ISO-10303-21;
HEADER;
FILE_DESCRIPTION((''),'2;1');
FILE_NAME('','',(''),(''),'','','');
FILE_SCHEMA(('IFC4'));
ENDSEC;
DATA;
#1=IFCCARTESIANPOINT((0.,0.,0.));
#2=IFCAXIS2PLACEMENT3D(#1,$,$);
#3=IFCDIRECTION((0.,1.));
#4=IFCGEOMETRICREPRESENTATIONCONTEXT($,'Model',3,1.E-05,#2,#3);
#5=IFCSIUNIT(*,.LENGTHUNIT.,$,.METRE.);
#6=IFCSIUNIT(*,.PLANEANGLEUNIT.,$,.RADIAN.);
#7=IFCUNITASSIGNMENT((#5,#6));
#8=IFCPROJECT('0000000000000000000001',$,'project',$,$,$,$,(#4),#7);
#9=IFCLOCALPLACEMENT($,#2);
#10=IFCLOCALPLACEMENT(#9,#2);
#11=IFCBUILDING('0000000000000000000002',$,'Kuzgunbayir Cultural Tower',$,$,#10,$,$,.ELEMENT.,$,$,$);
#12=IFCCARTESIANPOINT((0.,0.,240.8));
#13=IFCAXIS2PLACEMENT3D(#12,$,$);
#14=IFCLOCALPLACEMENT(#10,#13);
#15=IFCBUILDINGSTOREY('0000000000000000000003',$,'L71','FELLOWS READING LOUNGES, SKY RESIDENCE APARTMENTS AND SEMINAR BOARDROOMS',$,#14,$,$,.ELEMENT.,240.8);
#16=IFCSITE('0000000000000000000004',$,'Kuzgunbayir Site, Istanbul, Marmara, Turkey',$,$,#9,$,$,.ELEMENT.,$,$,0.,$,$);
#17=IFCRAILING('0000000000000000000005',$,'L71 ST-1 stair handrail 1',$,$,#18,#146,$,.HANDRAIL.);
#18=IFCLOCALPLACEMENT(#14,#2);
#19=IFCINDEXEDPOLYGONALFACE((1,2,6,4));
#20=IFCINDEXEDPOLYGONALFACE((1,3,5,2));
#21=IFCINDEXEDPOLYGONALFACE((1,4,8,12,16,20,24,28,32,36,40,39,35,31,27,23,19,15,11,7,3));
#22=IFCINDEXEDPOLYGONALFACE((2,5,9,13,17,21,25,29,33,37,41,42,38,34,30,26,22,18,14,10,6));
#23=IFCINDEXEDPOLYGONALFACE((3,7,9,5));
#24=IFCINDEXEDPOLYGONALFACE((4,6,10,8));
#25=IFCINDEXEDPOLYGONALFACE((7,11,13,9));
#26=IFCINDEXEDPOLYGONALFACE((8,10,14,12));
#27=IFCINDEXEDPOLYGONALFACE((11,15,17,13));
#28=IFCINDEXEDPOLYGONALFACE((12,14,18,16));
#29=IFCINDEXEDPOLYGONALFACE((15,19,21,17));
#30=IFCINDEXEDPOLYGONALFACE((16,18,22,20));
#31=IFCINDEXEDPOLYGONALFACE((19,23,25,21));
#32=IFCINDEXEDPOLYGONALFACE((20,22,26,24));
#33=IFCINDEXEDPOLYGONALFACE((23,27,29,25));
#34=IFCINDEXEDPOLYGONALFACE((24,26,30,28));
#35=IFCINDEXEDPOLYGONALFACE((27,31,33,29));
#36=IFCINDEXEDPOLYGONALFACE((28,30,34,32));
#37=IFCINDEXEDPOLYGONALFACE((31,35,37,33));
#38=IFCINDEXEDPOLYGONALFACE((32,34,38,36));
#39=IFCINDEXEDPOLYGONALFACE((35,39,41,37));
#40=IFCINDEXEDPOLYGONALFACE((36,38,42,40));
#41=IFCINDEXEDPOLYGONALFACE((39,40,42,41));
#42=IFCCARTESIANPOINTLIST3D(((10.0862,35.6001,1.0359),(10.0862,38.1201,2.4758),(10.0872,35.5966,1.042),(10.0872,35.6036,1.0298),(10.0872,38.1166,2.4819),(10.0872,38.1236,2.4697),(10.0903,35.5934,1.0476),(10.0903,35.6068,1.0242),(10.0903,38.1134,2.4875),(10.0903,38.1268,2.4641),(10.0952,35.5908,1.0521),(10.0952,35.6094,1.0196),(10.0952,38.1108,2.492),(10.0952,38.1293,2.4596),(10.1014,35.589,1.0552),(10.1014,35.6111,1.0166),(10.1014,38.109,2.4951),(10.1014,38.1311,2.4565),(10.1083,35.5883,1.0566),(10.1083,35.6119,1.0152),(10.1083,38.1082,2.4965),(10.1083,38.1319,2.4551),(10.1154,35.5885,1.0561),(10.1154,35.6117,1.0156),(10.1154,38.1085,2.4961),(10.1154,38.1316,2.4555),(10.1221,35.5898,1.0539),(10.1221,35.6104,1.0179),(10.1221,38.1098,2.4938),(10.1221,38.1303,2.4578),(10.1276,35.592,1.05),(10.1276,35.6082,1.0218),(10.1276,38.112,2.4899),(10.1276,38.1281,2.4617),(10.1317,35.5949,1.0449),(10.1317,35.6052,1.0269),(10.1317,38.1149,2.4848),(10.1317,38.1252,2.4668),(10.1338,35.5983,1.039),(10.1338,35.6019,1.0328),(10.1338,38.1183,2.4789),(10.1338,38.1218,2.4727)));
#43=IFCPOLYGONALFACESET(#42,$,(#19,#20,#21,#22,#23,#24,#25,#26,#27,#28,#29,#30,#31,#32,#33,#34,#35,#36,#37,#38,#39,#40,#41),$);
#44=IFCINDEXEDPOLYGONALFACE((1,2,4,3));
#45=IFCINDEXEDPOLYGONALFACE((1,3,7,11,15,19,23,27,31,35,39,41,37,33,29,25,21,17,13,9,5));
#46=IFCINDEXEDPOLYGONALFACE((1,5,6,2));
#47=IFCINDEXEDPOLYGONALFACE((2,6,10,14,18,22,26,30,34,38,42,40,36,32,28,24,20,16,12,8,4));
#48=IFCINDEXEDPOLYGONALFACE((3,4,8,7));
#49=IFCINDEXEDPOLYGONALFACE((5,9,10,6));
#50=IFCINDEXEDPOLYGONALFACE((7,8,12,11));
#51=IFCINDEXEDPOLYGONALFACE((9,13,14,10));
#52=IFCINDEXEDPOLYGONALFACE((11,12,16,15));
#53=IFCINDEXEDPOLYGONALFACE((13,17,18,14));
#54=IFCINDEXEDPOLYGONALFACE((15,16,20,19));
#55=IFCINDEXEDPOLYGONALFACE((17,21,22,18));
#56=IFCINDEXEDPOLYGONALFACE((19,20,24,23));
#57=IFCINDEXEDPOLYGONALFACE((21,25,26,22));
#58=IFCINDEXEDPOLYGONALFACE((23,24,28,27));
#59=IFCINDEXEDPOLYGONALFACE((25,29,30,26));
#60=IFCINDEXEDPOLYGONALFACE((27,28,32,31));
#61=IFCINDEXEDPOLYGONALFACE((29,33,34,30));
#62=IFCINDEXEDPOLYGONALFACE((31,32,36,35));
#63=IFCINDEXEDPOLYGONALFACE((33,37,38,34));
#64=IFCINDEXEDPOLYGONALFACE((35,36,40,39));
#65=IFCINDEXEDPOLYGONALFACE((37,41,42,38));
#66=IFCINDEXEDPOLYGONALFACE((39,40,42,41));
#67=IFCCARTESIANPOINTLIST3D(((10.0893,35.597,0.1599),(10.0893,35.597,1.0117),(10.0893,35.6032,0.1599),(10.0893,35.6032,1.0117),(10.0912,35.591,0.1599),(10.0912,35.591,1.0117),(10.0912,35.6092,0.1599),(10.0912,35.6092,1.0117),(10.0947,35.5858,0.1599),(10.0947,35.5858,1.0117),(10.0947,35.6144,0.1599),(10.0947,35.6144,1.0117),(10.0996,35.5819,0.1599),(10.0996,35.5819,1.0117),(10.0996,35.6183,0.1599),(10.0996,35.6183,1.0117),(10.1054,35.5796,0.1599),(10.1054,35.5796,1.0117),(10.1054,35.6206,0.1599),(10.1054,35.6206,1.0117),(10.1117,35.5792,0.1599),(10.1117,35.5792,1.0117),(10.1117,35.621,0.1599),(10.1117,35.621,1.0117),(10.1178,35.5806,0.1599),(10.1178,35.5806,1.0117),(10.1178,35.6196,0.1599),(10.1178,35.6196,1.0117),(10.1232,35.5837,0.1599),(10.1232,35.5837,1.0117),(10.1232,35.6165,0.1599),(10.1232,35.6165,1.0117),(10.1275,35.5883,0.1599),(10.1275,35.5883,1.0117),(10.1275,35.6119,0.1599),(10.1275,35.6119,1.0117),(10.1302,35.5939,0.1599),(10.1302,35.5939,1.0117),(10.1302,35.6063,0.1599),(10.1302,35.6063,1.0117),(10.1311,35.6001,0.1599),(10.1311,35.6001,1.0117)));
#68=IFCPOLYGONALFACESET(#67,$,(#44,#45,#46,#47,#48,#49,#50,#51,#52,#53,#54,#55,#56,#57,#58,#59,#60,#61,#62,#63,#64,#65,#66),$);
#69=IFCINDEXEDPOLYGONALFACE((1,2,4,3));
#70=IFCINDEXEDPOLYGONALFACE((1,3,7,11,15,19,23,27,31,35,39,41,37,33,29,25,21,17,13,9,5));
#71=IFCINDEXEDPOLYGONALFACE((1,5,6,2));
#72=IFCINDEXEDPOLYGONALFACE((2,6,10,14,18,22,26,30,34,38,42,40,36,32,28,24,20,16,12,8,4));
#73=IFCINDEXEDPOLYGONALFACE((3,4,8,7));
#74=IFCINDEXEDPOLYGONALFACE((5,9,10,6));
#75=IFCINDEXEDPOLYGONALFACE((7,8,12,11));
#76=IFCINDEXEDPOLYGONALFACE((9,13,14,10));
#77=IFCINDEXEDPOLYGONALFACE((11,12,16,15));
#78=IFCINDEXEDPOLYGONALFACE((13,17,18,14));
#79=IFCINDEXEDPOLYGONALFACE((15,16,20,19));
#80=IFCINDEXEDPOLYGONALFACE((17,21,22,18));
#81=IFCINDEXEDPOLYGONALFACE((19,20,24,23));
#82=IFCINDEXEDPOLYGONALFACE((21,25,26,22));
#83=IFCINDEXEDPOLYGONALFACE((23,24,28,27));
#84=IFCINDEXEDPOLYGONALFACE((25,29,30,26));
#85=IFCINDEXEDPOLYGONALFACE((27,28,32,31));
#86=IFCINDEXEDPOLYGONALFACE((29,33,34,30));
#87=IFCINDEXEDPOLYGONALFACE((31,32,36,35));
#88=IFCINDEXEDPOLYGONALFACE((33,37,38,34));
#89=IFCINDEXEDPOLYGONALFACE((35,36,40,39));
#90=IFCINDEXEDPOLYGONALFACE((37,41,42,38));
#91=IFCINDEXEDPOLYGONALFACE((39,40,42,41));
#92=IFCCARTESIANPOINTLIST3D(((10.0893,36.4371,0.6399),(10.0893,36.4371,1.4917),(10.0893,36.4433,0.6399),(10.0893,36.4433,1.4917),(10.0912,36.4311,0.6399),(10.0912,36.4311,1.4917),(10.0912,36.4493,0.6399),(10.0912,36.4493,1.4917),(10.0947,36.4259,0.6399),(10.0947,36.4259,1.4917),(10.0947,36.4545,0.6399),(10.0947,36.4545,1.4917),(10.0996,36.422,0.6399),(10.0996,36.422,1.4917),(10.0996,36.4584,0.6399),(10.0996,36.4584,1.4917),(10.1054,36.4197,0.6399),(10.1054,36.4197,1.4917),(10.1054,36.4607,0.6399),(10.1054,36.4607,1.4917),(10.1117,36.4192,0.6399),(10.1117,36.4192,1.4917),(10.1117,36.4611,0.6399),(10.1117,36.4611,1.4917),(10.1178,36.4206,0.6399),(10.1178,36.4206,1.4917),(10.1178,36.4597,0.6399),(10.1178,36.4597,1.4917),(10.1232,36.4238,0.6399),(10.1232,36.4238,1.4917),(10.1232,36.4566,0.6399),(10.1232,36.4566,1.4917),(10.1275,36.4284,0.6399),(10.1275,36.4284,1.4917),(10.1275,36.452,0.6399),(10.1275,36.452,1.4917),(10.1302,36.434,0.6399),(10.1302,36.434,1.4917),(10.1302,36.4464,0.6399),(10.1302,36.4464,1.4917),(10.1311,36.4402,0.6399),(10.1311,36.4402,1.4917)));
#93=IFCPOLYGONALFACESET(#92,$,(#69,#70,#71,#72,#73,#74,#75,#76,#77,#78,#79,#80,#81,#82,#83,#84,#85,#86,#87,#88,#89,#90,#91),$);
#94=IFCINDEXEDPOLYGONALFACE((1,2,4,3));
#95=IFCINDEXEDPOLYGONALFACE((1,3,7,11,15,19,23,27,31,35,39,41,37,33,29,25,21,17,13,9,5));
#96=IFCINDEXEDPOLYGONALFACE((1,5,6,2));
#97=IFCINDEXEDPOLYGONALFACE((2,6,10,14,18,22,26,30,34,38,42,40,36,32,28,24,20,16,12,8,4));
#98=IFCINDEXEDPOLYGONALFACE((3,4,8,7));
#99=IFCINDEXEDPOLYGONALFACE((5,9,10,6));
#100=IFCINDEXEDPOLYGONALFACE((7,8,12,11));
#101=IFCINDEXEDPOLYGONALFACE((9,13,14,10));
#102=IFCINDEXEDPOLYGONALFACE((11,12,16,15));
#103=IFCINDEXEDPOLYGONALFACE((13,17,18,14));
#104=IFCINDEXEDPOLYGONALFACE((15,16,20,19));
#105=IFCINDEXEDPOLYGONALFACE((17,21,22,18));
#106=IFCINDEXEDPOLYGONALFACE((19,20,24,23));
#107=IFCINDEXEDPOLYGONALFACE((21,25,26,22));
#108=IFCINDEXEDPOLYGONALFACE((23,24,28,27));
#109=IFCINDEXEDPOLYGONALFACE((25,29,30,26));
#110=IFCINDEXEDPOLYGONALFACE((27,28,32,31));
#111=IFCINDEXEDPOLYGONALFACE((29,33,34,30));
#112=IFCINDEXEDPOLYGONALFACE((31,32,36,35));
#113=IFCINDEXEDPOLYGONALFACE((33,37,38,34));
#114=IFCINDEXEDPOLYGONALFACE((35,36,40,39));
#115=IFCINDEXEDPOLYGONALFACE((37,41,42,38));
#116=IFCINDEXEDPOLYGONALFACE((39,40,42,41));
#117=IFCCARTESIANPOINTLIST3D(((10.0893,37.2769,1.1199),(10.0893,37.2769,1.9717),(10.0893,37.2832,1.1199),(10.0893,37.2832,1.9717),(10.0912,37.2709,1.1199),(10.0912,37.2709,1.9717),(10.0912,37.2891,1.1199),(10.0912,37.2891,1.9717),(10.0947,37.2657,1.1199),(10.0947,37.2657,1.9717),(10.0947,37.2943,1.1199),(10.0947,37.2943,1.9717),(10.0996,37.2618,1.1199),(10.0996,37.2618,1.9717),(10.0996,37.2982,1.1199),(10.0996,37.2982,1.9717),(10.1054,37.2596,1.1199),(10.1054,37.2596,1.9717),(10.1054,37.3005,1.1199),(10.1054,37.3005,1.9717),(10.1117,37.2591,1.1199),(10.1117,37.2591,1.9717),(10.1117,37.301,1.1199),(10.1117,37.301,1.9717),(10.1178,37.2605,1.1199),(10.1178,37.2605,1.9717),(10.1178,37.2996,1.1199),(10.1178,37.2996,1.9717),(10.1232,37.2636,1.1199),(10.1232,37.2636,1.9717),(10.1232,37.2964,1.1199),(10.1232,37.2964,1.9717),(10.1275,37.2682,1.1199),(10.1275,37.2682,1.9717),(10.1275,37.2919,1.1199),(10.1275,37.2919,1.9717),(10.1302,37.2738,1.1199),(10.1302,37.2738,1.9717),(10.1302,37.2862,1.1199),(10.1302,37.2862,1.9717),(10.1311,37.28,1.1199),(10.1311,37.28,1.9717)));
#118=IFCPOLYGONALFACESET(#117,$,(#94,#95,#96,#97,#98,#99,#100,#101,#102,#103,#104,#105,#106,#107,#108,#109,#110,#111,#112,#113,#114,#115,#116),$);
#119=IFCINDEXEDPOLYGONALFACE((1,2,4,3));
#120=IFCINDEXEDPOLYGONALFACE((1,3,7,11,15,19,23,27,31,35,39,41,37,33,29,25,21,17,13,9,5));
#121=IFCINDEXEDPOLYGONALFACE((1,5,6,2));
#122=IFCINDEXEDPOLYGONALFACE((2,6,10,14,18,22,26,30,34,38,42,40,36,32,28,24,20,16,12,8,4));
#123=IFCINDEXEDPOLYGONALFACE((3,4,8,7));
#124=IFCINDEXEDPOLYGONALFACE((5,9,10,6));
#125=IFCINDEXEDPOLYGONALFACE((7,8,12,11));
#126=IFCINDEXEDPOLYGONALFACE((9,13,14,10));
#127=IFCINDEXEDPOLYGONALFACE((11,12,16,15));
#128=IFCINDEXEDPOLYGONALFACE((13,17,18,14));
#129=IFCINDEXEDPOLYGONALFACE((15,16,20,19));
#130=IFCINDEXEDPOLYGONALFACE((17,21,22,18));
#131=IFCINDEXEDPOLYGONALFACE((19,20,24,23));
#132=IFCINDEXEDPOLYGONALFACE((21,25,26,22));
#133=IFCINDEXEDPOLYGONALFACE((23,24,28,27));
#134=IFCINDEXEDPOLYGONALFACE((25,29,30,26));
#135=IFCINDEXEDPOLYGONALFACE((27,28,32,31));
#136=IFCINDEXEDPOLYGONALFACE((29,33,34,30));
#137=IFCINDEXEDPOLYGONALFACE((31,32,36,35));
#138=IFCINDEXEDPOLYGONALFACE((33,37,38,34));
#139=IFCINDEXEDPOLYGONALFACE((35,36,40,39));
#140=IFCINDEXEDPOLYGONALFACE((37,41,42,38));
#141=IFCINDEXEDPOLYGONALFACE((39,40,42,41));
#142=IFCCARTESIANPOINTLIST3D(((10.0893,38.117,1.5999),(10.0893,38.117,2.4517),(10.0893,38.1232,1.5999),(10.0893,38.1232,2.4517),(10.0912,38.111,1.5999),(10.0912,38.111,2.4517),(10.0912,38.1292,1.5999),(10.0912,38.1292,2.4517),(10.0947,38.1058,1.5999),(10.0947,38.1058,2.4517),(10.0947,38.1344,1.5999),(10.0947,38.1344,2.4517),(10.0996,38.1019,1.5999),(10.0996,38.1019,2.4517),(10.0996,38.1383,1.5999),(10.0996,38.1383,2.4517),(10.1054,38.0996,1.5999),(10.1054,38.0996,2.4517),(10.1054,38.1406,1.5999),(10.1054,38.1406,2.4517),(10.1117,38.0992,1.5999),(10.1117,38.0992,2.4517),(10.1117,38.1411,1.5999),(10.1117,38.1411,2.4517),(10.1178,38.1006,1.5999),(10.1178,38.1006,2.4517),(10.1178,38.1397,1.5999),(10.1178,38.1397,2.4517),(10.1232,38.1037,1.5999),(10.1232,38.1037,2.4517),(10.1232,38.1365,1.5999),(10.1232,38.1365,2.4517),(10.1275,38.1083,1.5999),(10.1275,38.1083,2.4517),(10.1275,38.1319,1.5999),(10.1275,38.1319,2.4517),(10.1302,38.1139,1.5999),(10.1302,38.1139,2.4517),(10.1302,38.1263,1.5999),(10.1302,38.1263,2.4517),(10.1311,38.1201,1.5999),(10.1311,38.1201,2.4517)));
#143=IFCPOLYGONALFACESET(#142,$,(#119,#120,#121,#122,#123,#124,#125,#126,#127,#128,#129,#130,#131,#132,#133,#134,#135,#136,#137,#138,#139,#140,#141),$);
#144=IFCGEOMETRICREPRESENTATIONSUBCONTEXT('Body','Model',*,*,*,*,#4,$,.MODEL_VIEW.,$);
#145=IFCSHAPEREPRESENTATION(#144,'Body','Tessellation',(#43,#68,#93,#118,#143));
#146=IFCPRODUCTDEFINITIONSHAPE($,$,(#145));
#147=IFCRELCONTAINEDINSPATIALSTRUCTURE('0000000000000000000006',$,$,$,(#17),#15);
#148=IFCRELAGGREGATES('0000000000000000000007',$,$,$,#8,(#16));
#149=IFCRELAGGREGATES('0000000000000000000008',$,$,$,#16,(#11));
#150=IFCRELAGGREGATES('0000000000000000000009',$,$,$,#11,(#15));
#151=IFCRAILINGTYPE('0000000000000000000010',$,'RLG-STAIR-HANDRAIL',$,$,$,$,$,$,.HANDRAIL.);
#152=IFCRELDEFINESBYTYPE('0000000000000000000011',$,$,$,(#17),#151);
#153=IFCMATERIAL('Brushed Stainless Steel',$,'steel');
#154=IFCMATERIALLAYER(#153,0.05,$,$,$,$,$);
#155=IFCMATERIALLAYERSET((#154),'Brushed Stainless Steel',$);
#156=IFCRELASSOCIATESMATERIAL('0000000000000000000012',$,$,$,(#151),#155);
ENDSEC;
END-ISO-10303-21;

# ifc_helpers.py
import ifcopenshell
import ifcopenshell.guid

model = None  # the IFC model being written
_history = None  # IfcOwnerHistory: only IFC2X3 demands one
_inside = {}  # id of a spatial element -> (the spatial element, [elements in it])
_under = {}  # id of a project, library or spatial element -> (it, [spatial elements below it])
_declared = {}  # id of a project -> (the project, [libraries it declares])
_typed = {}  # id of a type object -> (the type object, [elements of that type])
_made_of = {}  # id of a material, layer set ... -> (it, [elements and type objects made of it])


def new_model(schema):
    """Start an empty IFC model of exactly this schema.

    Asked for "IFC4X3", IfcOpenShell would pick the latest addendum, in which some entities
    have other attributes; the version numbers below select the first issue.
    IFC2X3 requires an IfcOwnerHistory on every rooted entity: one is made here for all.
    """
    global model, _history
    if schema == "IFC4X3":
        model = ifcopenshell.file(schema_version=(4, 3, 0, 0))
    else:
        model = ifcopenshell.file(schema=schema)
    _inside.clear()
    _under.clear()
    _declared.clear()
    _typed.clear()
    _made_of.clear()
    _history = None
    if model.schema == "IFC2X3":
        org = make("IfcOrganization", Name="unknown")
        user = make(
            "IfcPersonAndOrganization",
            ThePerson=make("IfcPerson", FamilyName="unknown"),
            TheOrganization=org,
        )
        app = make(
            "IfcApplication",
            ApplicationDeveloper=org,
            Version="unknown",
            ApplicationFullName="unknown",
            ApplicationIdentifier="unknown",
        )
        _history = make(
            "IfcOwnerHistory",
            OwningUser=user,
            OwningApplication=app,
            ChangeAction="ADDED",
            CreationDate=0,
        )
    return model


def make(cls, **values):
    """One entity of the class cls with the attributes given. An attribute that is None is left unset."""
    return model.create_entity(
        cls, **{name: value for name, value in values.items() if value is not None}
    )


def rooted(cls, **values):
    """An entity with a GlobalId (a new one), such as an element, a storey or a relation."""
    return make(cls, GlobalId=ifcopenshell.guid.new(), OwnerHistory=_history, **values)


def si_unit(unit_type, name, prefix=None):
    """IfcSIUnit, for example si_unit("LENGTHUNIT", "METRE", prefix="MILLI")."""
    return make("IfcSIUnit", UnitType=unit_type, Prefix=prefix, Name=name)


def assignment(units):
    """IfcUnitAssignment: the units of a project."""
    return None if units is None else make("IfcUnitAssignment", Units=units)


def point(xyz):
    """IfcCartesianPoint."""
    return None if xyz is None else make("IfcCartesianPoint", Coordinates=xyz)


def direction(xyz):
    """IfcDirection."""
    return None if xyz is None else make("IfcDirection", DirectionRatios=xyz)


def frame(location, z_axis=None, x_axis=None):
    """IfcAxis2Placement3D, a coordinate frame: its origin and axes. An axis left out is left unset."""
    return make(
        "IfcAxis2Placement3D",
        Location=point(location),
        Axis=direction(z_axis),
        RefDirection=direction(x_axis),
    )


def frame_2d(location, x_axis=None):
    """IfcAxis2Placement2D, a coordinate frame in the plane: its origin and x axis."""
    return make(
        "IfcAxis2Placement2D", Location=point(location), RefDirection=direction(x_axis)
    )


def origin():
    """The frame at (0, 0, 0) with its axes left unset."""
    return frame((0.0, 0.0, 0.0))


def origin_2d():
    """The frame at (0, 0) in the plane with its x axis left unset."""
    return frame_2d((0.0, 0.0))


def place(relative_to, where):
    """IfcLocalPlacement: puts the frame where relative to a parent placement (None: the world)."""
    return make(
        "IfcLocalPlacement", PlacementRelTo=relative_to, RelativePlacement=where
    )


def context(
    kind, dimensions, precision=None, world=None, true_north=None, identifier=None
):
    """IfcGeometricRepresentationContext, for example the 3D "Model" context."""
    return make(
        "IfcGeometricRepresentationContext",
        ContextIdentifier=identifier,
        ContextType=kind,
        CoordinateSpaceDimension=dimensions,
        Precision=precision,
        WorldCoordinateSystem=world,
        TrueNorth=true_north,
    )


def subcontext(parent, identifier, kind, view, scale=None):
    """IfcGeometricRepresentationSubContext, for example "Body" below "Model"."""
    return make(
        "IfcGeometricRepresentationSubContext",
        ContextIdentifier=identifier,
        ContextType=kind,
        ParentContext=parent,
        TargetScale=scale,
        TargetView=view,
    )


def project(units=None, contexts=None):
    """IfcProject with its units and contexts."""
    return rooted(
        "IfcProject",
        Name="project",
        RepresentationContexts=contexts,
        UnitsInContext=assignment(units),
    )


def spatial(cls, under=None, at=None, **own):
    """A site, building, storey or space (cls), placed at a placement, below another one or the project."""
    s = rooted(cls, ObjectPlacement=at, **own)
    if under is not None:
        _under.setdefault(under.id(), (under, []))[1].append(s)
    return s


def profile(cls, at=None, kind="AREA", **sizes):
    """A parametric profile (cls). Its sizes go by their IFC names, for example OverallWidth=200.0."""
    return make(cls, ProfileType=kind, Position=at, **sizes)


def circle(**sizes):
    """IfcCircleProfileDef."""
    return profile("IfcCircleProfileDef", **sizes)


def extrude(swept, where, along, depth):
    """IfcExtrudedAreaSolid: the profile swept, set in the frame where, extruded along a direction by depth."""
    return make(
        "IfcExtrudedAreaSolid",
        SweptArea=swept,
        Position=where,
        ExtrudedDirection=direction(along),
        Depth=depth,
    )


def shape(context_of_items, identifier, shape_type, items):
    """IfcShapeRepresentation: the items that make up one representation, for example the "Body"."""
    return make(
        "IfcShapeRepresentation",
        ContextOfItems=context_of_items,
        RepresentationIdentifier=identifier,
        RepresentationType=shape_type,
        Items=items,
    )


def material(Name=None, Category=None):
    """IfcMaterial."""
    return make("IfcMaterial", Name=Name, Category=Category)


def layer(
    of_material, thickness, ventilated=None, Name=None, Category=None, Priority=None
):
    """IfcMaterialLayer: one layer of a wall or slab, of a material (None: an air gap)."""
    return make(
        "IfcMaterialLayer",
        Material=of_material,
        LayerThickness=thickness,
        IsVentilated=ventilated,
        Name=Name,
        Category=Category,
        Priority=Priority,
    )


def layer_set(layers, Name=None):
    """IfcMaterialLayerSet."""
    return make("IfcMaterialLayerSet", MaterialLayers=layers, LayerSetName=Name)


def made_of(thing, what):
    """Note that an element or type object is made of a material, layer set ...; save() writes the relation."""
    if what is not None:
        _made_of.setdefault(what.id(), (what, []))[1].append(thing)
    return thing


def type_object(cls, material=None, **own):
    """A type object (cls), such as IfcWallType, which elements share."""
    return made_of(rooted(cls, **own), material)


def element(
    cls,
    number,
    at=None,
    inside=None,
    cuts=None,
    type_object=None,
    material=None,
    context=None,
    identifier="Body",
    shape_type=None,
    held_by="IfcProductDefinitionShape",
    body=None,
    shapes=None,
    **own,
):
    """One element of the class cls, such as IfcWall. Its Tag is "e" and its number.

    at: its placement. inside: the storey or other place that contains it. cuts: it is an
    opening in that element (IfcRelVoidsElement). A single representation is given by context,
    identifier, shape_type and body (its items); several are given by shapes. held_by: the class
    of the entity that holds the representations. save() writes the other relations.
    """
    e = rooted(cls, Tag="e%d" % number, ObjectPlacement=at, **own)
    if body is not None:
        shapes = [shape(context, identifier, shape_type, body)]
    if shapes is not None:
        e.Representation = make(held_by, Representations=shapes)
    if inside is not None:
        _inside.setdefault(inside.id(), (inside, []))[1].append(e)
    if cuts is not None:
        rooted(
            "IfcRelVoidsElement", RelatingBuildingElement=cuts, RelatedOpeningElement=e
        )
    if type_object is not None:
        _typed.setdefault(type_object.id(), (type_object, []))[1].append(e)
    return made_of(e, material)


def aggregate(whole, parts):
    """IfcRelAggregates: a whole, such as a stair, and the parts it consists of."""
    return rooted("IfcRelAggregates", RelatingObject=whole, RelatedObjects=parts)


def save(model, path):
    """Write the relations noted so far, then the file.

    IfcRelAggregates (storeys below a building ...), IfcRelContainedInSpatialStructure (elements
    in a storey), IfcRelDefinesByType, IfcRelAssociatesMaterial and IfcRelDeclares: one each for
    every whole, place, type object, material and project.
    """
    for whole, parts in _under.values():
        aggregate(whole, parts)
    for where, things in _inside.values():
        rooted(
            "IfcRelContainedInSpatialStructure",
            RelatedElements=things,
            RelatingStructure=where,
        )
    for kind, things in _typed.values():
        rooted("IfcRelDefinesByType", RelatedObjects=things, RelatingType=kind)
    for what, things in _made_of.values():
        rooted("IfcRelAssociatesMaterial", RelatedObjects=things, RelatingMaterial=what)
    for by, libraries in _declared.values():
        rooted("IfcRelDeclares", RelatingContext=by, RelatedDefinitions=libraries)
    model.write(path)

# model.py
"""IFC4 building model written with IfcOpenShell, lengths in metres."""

from ifc_helpers import new_model, si_unit, direction, frame, origin, origin_2d, place, context, subcontext, project, spatial, circle, extrude, material, layer, layer_set, type_object, element, save


model = new_model("IFC4")

# Units and contexts
model_context = context("Model", 3, precision=1e-05, world=origin(), true_north=direction((0.0, 1.0)))
body_context = subcontext(model_context, "Body", "Model", "MODEL_VIEW")
ifc_project = project(units=[si_unit("LENGTHUNIT", "METRE"), si_unit("PLANEANGLEUNIT", "RADIAN")], contexts=[model_context])

# Site, building, storey
site_placement = place(None, origin())
site = spatial("IfcSite", under=ifc_project, at=site_placement, Name="Kuzgunbayir Site, Istanbul, Marmara, Turkey", CompositionType="ELEMENT", RefElevation=0.0)
building_placement = place(site_placement, origin())
building = spatial("IfcBuilding", under=site, at=building_placement, Name="Kuzgunbayir Cultural Tower", CompositionType="ELEMENT")
storey_placement = place(building_placement, frame((0.0, 0.0, 240.8)))
storey = spatial("IfcBuildingStorey", under=building, at=storey_placement, Name="L71", Description="FELLOWS READING LOUNGES, SKY RESIDENCE APARTMENTS AND SEMINAR BOARDROOMS", CompositionType="ELEMENT", Elevation=240.8)

# Shared definitions
ifc_material_1 = material(Name="Brushed Stainless Steel", Category="steel")

# Railing
ifc_layer_1 = layer(ifc_material_1, 0.05)
ifc_layer_set_1 = layer_set([ifc_layer_1], Name="Brushed Stainless Steel")
railing_type_1 = type_object("IfcRailingType", Name="RLG-STAIR-HANDRAIL", PredefinedType="HANDRAIL", material=ifc_layer_set_1)
railing_1_placement = place(storey_placement, frame((10.1101, 35.6001, 0.1599)))
element("IfcRailing", 1, at=railing_1_placement, inside=storey, type_object=railing_type_1, Name="L71 ST-1 stair handrail 1", PredefinedType="HANDRAIL", context=body_context, shape_type="SweptSolid", body=[
    extrude(circle(Radius=0.0239, at=origin_2d()), frame((0.0, 0.0, 0.876), z_axis=(0.0, 0.868253, 0.496121), x_axis=(-1.0, 0.0, 0.0)), (0.0, 0.0, 1.0), 2.9023),
    extrude(circle(Radius=0.021, at=origin_2d()), origin(), (0.0, 0.0, 1.0), 0.8518),
    extrude(circle(Radius=0.021, at=origin_2d()), frame((0.0, 0.8401, 0.48)), (0.0, 0.0, 1.0), 0.8518),
    extrude(circle(Radius=0.021, at=origin_2d()), frame((0.0, 1.6799, 0.96)), (0.0, 0.0, 1.0), 0.8518),
    extrude(circle(Radius=0.021, at=origin_2d()), frame((0.0, 2.52, 1.4399)), (0.0, 0.0, 1.0), 0.8518),
])

save(model, "model.ifc")
